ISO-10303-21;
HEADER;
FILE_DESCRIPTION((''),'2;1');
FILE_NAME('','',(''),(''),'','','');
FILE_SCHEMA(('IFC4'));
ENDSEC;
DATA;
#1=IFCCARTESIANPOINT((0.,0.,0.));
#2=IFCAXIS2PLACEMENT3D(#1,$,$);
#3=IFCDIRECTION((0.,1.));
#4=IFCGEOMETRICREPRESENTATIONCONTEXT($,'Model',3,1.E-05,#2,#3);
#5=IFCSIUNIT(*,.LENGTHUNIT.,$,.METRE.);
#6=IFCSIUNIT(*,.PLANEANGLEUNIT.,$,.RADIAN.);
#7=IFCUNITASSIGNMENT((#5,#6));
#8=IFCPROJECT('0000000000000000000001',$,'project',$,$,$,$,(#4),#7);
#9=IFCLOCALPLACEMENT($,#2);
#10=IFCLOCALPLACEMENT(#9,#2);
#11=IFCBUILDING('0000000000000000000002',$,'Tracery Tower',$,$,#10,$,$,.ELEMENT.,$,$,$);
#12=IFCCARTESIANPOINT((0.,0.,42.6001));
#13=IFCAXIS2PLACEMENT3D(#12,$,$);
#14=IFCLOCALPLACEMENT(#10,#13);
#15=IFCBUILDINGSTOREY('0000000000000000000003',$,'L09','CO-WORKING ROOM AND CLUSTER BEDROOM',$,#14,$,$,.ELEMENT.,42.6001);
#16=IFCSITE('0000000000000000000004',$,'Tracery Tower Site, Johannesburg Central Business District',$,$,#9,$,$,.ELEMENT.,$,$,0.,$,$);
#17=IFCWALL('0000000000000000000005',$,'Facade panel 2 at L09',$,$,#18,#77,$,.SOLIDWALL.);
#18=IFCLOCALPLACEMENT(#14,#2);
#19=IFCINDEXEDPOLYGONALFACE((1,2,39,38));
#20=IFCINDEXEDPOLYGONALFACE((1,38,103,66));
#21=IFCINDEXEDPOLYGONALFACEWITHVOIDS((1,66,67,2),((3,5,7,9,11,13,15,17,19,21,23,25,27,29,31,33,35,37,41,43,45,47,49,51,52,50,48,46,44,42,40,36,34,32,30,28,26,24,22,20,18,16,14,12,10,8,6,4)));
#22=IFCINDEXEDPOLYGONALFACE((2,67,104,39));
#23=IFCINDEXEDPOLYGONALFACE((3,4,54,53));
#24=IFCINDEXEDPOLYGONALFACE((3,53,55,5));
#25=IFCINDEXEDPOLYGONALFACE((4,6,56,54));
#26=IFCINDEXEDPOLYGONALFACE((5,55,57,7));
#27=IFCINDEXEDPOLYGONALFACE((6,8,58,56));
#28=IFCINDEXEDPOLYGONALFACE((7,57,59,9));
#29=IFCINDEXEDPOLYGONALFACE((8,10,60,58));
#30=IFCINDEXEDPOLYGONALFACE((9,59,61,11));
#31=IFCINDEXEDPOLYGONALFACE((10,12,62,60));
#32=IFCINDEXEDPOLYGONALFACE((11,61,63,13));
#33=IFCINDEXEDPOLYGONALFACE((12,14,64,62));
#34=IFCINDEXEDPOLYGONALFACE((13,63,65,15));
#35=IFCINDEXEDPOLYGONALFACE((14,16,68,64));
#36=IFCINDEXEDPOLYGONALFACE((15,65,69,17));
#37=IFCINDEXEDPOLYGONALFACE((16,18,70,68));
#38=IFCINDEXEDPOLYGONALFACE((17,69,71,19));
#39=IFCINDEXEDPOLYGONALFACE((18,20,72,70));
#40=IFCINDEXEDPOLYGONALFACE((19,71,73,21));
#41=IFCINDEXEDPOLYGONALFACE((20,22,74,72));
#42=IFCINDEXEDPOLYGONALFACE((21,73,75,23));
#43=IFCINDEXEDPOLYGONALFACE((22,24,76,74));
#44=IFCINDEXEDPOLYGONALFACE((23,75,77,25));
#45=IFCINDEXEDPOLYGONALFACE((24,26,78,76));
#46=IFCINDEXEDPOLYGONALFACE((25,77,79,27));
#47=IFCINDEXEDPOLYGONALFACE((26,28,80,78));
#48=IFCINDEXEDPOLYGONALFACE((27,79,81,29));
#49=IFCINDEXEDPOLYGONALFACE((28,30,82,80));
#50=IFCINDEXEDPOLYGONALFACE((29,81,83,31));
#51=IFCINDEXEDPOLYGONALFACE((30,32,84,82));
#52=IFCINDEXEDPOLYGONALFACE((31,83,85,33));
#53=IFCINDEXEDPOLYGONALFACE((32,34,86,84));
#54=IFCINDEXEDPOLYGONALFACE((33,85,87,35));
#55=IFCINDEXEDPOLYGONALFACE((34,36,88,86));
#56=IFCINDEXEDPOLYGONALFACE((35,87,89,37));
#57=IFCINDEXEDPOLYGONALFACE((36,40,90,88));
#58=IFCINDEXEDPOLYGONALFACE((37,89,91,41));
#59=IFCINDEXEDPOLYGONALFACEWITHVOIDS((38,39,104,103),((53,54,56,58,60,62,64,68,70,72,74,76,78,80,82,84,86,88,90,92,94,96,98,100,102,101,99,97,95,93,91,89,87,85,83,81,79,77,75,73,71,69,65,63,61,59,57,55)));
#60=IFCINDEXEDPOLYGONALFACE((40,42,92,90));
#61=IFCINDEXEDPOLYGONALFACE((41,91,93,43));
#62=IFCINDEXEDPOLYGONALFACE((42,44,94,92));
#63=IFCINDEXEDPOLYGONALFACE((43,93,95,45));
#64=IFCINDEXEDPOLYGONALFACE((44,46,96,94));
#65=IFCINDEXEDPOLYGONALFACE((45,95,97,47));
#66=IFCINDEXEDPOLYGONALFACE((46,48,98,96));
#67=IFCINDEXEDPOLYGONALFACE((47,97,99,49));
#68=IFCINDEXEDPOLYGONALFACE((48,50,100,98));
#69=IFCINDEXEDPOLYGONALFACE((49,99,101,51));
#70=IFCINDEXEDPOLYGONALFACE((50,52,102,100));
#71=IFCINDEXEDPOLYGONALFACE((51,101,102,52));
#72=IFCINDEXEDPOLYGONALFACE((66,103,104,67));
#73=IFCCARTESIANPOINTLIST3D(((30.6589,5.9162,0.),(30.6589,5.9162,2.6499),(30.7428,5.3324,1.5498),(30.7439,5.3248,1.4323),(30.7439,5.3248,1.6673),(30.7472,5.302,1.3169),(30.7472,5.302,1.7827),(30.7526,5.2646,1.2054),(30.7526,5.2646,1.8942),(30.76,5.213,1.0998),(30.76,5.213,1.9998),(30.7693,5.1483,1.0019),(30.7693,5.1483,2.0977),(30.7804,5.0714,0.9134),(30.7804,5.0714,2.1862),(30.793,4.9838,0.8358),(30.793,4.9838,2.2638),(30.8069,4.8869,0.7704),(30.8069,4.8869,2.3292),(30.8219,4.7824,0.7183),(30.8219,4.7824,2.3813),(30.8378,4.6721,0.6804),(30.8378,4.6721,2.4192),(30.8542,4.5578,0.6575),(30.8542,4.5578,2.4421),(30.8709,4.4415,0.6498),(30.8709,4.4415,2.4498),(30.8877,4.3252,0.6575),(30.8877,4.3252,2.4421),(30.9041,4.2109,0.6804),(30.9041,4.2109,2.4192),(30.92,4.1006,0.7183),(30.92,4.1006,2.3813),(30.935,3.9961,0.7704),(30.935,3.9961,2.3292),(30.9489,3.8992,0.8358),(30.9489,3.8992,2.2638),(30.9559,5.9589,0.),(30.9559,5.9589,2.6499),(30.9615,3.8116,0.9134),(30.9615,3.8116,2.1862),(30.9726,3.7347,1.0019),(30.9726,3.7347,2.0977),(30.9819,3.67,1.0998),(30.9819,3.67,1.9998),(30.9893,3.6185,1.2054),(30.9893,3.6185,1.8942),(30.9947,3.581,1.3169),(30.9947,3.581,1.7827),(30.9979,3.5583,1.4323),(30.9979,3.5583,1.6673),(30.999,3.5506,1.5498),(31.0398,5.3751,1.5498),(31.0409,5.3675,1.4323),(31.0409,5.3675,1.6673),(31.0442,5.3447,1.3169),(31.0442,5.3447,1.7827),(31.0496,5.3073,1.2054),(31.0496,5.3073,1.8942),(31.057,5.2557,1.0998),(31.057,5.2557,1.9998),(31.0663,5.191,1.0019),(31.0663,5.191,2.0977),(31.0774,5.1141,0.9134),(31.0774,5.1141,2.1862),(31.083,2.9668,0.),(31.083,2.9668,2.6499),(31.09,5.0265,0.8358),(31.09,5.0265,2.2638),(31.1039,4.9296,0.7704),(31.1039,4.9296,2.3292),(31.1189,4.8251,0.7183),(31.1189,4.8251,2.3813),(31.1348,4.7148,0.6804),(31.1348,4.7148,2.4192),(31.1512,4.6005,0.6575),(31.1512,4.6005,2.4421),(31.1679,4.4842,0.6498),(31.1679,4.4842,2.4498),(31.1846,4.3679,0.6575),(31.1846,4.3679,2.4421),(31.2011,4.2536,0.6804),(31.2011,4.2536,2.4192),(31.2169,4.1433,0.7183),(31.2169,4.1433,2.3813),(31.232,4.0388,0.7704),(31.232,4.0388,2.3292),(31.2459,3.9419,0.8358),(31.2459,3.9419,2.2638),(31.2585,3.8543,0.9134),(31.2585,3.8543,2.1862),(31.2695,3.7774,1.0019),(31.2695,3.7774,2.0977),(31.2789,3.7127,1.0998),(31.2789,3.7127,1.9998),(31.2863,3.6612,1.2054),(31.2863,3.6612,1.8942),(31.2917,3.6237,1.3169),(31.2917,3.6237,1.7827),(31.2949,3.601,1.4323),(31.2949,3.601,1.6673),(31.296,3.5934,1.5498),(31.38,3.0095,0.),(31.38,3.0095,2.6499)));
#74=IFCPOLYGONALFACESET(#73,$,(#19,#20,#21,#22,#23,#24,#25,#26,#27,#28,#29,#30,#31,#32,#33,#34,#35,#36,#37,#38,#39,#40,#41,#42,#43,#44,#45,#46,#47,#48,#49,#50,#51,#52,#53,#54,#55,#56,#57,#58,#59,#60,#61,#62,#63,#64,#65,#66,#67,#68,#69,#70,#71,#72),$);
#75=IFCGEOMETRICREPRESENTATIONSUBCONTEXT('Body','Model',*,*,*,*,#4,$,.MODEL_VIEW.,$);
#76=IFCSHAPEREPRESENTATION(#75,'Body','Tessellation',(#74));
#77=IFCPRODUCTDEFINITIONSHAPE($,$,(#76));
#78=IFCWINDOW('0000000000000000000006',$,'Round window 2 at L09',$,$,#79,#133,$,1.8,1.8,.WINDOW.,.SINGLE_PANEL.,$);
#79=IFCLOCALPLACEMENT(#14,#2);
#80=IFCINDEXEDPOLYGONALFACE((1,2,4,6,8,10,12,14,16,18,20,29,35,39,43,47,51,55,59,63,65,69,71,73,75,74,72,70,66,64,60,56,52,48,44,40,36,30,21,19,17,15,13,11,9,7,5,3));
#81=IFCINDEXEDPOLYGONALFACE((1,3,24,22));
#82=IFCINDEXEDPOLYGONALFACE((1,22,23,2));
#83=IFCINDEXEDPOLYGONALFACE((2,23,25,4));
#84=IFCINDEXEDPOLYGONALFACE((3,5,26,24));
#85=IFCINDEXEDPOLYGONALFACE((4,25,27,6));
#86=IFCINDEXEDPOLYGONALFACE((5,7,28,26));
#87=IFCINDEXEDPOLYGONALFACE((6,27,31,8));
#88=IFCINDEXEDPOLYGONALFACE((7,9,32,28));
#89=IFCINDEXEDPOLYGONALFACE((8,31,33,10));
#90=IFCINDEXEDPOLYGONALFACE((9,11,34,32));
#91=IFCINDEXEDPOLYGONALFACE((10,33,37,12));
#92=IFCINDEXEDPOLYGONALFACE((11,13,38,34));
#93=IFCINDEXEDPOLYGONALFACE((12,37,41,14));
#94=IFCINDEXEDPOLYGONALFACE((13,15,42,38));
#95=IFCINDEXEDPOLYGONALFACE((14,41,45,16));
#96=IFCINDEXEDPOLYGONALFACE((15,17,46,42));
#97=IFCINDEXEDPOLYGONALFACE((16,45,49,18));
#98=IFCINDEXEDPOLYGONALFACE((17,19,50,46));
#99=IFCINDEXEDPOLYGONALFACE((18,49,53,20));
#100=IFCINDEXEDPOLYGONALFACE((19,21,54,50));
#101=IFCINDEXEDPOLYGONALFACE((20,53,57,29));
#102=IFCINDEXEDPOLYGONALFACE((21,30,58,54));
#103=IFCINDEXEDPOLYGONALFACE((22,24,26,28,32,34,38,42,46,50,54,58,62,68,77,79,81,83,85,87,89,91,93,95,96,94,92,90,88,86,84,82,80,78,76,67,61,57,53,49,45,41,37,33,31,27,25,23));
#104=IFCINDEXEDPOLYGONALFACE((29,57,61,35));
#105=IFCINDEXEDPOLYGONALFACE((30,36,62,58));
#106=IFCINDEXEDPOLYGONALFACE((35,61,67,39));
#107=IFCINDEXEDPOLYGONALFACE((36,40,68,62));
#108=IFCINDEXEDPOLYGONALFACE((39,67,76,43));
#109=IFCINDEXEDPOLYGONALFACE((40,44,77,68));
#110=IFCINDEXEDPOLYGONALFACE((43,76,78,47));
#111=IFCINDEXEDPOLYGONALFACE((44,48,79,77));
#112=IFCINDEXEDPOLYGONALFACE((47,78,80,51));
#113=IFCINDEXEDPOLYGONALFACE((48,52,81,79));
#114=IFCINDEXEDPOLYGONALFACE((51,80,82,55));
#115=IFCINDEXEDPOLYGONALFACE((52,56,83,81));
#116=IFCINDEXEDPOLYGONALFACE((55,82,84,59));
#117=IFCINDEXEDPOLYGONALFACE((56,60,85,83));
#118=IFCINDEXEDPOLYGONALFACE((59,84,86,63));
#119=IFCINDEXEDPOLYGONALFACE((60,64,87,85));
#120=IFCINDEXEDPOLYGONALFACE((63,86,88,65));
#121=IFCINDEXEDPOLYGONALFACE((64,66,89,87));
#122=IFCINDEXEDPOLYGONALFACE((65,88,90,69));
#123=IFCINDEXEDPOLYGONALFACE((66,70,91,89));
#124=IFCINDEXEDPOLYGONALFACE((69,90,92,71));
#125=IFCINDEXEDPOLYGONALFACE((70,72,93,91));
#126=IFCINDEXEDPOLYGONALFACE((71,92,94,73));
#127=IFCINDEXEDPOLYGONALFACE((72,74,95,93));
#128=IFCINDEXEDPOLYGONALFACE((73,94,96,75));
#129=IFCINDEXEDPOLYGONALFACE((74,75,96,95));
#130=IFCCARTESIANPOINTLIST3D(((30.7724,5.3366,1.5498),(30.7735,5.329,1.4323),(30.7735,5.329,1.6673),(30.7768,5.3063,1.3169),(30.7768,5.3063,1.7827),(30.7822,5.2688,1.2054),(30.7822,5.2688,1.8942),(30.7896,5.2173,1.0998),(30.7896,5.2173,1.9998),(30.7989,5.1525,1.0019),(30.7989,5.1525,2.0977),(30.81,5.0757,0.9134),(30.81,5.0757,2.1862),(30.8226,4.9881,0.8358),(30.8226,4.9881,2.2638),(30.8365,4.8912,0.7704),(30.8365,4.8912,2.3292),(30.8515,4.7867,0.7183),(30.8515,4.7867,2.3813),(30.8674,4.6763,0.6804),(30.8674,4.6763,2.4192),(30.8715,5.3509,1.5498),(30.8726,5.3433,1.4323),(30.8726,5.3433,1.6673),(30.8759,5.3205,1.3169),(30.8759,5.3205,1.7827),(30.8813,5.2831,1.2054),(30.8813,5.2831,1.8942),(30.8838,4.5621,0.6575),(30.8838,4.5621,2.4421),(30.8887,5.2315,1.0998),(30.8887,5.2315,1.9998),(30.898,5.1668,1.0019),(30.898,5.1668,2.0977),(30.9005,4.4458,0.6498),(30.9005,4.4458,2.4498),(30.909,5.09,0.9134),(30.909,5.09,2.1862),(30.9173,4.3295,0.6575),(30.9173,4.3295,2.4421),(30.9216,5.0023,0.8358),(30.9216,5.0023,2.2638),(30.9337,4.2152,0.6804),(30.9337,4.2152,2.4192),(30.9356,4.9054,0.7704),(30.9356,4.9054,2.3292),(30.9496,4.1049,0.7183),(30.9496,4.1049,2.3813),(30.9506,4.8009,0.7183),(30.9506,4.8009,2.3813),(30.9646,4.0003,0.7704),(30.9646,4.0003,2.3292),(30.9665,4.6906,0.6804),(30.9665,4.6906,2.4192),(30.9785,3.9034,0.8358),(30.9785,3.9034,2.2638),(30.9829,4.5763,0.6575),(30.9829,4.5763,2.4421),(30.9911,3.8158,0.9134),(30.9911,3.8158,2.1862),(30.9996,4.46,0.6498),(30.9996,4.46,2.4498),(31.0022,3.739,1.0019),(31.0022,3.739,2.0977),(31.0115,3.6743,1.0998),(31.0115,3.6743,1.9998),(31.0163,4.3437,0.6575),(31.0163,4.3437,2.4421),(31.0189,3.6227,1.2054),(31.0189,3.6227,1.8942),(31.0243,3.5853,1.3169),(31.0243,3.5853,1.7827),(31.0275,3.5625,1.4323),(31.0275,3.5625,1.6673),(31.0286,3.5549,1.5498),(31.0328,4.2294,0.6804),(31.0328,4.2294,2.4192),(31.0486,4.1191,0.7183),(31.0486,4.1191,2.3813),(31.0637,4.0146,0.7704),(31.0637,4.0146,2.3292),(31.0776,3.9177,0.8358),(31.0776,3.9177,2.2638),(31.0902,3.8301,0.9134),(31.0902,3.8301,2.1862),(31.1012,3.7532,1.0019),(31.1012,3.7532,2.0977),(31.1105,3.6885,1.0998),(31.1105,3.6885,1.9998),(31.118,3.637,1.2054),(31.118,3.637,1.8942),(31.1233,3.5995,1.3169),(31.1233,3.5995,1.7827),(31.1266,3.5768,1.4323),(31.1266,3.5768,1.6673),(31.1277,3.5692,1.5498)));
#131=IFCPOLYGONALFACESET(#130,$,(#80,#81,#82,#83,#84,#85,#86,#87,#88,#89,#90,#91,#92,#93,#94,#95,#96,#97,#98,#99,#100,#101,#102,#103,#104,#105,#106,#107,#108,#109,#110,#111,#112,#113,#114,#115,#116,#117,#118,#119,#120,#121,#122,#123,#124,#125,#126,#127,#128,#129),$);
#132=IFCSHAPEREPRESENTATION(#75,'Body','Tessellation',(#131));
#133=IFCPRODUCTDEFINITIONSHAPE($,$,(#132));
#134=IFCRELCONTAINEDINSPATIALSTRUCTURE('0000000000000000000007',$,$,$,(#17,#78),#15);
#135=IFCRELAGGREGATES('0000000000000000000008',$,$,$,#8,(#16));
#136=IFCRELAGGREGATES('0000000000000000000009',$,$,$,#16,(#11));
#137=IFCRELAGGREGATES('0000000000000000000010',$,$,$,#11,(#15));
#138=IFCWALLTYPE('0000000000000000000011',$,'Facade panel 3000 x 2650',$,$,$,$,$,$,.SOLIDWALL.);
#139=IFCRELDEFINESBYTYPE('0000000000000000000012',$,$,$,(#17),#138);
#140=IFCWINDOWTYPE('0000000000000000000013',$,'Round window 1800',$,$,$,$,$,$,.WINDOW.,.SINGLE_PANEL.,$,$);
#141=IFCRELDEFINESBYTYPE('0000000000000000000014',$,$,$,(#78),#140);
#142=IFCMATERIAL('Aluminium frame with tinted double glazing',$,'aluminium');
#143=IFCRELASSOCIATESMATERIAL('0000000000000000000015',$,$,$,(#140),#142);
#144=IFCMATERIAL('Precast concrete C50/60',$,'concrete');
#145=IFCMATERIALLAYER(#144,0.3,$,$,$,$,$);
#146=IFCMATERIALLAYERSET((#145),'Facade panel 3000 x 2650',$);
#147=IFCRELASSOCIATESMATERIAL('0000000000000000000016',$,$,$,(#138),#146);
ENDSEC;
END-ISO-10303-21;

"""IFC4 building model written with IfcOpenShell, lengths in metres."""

from ifc_helpers import new_model, si_unit, direction, frame, frame_2d, origin, origin_2d, place, context, subcontext, project, spatial, rectangle, circle, extrude, material, layer, layer_set, type_object, element, fill, save


model = new_model("IFC4")

# Units and contexts
model_context = context("Model", 3, precision=1e-05, world=origin(), true_north=direction((0.0, 1.0)))
body_context = subcontext(model_context, "Body", "Model", "MODEL_VIEW")
ifc_project = project(units=[si_unit("LENGTHUNIT", "METRE"), si_unit("PLANEANGLEUNIT", "RADIAN")], contexts=[model_context])

# Site, building, storey
site_placement = place(None, origin())
site = spatial("IfcSite", under=ifc_project, at=site_placement, Name="Tracery Tower Site, Johannesburg Central Business District", CompositionType="ELEMENT", RefElevation=0.0)
building_placement = place(site_placement, origin())
building = spatial("IfcBuilding", under=site, at=building_placement, Name="Tracery Tower", CompositionType="ELEMENT")
storey_placement = place(building_placement, frame((0.0, 0.0, 42.6001)))
storey = spatial("IfcBuildingStorey", under=building, at=storey_placement, Name="L09", Description="CO-WORKING ROOM AND CLUSTER BEDROOM", CompositionType="ELEMENT", Elevation=42.6001)

# Wall, opening, window
ifc_material_1 = material(Name="Aluminium frame with tinted double glazing", Category="aluminium")
window_type = type_object("IfcWindowType", Name="Round window 1800", PartitioningType="SINGLE_PANEL", PredefinedType="WINDOW", material=ifc_material_1)
ifc_material_2 = material(Name="Precast concrete C50/60", Category="concrete")
ifc_layer_1 = layer(ifc_material_2, 0.3)
ifc_layer_set_1 = layer_set([ifc_layer_1], Name="Facade panel 3000 x 2650")
wall_type_1 = type_object("IfcWallType", Name="Facade panel 3000 x 2650", PredefinedType="SOLIDWALL", material=ifc_layer_set_1)
wall_1_placement = place(storey_placement, frame((31.2314, 2.9883, 0.0), z_axis=(0.0, 0.0, 1.0), x_axis=(-0.142316, 0.989821, 0.0)))
wall_1 = element("IfcWall", 1, at=wall_1_placement, inside=storey, type_object=wall_type_1, Name="Facade panel 2 at L09", PredefinedType="SOLIDWALL", context=body_context, shape_type="SweptSolid", body=[
    extrude(rectangle(XDim=2.9797, YDim=0.3, at=frame_2d((1.4897, 0.0))), origin(), (0.0, 0.0, 1.0), 2.6499),
])
opening_1_placement = place(wall_1_placement, frame((1.4897, 0.0, 1.5498)))
opening_1 = element("IfcOpeningElement", 2, at=opening_1_placement, cuts=wall_1, PredefinedType="OPENING", context=body_context, shape_type="SweptSolid", body=[
    extrude(circle(Radius=0.9, at=origin_2d()), frame((0.0, 0.1599, 0.0), z_axis=(0.0, -1.0, 0.0), x_axis=(1.0, 0.0, 0.0)), (0.0, 0.0, 1.0), 0.3201),
])
window_1_placement = place(opening_1_placement, origin())
window_1 = element("IfcWindow", 3, at=window_1_placement, inside=storey, type_object=window_type, Name="Round window 2 at L09", OverallHeight=1.8, OverallWidth=1.8, PartitioningType="SINGLE_PANEL", PredefinedType="WINDOW", context=body_context, shape_type="SweptSolid", body=[
    extrude(circle(Radius=0.9, at=origin_2d()), frame((0.0, 0.1201, 0.0), z_axis=(0.0, -1.0, 0.0), x_axis=(1.0, 0.0, 0.0)), (0.0, 0.0, 1.0), 0.1001),
])
fill(opening_1, window_1)

save(model, "model.ifc")
